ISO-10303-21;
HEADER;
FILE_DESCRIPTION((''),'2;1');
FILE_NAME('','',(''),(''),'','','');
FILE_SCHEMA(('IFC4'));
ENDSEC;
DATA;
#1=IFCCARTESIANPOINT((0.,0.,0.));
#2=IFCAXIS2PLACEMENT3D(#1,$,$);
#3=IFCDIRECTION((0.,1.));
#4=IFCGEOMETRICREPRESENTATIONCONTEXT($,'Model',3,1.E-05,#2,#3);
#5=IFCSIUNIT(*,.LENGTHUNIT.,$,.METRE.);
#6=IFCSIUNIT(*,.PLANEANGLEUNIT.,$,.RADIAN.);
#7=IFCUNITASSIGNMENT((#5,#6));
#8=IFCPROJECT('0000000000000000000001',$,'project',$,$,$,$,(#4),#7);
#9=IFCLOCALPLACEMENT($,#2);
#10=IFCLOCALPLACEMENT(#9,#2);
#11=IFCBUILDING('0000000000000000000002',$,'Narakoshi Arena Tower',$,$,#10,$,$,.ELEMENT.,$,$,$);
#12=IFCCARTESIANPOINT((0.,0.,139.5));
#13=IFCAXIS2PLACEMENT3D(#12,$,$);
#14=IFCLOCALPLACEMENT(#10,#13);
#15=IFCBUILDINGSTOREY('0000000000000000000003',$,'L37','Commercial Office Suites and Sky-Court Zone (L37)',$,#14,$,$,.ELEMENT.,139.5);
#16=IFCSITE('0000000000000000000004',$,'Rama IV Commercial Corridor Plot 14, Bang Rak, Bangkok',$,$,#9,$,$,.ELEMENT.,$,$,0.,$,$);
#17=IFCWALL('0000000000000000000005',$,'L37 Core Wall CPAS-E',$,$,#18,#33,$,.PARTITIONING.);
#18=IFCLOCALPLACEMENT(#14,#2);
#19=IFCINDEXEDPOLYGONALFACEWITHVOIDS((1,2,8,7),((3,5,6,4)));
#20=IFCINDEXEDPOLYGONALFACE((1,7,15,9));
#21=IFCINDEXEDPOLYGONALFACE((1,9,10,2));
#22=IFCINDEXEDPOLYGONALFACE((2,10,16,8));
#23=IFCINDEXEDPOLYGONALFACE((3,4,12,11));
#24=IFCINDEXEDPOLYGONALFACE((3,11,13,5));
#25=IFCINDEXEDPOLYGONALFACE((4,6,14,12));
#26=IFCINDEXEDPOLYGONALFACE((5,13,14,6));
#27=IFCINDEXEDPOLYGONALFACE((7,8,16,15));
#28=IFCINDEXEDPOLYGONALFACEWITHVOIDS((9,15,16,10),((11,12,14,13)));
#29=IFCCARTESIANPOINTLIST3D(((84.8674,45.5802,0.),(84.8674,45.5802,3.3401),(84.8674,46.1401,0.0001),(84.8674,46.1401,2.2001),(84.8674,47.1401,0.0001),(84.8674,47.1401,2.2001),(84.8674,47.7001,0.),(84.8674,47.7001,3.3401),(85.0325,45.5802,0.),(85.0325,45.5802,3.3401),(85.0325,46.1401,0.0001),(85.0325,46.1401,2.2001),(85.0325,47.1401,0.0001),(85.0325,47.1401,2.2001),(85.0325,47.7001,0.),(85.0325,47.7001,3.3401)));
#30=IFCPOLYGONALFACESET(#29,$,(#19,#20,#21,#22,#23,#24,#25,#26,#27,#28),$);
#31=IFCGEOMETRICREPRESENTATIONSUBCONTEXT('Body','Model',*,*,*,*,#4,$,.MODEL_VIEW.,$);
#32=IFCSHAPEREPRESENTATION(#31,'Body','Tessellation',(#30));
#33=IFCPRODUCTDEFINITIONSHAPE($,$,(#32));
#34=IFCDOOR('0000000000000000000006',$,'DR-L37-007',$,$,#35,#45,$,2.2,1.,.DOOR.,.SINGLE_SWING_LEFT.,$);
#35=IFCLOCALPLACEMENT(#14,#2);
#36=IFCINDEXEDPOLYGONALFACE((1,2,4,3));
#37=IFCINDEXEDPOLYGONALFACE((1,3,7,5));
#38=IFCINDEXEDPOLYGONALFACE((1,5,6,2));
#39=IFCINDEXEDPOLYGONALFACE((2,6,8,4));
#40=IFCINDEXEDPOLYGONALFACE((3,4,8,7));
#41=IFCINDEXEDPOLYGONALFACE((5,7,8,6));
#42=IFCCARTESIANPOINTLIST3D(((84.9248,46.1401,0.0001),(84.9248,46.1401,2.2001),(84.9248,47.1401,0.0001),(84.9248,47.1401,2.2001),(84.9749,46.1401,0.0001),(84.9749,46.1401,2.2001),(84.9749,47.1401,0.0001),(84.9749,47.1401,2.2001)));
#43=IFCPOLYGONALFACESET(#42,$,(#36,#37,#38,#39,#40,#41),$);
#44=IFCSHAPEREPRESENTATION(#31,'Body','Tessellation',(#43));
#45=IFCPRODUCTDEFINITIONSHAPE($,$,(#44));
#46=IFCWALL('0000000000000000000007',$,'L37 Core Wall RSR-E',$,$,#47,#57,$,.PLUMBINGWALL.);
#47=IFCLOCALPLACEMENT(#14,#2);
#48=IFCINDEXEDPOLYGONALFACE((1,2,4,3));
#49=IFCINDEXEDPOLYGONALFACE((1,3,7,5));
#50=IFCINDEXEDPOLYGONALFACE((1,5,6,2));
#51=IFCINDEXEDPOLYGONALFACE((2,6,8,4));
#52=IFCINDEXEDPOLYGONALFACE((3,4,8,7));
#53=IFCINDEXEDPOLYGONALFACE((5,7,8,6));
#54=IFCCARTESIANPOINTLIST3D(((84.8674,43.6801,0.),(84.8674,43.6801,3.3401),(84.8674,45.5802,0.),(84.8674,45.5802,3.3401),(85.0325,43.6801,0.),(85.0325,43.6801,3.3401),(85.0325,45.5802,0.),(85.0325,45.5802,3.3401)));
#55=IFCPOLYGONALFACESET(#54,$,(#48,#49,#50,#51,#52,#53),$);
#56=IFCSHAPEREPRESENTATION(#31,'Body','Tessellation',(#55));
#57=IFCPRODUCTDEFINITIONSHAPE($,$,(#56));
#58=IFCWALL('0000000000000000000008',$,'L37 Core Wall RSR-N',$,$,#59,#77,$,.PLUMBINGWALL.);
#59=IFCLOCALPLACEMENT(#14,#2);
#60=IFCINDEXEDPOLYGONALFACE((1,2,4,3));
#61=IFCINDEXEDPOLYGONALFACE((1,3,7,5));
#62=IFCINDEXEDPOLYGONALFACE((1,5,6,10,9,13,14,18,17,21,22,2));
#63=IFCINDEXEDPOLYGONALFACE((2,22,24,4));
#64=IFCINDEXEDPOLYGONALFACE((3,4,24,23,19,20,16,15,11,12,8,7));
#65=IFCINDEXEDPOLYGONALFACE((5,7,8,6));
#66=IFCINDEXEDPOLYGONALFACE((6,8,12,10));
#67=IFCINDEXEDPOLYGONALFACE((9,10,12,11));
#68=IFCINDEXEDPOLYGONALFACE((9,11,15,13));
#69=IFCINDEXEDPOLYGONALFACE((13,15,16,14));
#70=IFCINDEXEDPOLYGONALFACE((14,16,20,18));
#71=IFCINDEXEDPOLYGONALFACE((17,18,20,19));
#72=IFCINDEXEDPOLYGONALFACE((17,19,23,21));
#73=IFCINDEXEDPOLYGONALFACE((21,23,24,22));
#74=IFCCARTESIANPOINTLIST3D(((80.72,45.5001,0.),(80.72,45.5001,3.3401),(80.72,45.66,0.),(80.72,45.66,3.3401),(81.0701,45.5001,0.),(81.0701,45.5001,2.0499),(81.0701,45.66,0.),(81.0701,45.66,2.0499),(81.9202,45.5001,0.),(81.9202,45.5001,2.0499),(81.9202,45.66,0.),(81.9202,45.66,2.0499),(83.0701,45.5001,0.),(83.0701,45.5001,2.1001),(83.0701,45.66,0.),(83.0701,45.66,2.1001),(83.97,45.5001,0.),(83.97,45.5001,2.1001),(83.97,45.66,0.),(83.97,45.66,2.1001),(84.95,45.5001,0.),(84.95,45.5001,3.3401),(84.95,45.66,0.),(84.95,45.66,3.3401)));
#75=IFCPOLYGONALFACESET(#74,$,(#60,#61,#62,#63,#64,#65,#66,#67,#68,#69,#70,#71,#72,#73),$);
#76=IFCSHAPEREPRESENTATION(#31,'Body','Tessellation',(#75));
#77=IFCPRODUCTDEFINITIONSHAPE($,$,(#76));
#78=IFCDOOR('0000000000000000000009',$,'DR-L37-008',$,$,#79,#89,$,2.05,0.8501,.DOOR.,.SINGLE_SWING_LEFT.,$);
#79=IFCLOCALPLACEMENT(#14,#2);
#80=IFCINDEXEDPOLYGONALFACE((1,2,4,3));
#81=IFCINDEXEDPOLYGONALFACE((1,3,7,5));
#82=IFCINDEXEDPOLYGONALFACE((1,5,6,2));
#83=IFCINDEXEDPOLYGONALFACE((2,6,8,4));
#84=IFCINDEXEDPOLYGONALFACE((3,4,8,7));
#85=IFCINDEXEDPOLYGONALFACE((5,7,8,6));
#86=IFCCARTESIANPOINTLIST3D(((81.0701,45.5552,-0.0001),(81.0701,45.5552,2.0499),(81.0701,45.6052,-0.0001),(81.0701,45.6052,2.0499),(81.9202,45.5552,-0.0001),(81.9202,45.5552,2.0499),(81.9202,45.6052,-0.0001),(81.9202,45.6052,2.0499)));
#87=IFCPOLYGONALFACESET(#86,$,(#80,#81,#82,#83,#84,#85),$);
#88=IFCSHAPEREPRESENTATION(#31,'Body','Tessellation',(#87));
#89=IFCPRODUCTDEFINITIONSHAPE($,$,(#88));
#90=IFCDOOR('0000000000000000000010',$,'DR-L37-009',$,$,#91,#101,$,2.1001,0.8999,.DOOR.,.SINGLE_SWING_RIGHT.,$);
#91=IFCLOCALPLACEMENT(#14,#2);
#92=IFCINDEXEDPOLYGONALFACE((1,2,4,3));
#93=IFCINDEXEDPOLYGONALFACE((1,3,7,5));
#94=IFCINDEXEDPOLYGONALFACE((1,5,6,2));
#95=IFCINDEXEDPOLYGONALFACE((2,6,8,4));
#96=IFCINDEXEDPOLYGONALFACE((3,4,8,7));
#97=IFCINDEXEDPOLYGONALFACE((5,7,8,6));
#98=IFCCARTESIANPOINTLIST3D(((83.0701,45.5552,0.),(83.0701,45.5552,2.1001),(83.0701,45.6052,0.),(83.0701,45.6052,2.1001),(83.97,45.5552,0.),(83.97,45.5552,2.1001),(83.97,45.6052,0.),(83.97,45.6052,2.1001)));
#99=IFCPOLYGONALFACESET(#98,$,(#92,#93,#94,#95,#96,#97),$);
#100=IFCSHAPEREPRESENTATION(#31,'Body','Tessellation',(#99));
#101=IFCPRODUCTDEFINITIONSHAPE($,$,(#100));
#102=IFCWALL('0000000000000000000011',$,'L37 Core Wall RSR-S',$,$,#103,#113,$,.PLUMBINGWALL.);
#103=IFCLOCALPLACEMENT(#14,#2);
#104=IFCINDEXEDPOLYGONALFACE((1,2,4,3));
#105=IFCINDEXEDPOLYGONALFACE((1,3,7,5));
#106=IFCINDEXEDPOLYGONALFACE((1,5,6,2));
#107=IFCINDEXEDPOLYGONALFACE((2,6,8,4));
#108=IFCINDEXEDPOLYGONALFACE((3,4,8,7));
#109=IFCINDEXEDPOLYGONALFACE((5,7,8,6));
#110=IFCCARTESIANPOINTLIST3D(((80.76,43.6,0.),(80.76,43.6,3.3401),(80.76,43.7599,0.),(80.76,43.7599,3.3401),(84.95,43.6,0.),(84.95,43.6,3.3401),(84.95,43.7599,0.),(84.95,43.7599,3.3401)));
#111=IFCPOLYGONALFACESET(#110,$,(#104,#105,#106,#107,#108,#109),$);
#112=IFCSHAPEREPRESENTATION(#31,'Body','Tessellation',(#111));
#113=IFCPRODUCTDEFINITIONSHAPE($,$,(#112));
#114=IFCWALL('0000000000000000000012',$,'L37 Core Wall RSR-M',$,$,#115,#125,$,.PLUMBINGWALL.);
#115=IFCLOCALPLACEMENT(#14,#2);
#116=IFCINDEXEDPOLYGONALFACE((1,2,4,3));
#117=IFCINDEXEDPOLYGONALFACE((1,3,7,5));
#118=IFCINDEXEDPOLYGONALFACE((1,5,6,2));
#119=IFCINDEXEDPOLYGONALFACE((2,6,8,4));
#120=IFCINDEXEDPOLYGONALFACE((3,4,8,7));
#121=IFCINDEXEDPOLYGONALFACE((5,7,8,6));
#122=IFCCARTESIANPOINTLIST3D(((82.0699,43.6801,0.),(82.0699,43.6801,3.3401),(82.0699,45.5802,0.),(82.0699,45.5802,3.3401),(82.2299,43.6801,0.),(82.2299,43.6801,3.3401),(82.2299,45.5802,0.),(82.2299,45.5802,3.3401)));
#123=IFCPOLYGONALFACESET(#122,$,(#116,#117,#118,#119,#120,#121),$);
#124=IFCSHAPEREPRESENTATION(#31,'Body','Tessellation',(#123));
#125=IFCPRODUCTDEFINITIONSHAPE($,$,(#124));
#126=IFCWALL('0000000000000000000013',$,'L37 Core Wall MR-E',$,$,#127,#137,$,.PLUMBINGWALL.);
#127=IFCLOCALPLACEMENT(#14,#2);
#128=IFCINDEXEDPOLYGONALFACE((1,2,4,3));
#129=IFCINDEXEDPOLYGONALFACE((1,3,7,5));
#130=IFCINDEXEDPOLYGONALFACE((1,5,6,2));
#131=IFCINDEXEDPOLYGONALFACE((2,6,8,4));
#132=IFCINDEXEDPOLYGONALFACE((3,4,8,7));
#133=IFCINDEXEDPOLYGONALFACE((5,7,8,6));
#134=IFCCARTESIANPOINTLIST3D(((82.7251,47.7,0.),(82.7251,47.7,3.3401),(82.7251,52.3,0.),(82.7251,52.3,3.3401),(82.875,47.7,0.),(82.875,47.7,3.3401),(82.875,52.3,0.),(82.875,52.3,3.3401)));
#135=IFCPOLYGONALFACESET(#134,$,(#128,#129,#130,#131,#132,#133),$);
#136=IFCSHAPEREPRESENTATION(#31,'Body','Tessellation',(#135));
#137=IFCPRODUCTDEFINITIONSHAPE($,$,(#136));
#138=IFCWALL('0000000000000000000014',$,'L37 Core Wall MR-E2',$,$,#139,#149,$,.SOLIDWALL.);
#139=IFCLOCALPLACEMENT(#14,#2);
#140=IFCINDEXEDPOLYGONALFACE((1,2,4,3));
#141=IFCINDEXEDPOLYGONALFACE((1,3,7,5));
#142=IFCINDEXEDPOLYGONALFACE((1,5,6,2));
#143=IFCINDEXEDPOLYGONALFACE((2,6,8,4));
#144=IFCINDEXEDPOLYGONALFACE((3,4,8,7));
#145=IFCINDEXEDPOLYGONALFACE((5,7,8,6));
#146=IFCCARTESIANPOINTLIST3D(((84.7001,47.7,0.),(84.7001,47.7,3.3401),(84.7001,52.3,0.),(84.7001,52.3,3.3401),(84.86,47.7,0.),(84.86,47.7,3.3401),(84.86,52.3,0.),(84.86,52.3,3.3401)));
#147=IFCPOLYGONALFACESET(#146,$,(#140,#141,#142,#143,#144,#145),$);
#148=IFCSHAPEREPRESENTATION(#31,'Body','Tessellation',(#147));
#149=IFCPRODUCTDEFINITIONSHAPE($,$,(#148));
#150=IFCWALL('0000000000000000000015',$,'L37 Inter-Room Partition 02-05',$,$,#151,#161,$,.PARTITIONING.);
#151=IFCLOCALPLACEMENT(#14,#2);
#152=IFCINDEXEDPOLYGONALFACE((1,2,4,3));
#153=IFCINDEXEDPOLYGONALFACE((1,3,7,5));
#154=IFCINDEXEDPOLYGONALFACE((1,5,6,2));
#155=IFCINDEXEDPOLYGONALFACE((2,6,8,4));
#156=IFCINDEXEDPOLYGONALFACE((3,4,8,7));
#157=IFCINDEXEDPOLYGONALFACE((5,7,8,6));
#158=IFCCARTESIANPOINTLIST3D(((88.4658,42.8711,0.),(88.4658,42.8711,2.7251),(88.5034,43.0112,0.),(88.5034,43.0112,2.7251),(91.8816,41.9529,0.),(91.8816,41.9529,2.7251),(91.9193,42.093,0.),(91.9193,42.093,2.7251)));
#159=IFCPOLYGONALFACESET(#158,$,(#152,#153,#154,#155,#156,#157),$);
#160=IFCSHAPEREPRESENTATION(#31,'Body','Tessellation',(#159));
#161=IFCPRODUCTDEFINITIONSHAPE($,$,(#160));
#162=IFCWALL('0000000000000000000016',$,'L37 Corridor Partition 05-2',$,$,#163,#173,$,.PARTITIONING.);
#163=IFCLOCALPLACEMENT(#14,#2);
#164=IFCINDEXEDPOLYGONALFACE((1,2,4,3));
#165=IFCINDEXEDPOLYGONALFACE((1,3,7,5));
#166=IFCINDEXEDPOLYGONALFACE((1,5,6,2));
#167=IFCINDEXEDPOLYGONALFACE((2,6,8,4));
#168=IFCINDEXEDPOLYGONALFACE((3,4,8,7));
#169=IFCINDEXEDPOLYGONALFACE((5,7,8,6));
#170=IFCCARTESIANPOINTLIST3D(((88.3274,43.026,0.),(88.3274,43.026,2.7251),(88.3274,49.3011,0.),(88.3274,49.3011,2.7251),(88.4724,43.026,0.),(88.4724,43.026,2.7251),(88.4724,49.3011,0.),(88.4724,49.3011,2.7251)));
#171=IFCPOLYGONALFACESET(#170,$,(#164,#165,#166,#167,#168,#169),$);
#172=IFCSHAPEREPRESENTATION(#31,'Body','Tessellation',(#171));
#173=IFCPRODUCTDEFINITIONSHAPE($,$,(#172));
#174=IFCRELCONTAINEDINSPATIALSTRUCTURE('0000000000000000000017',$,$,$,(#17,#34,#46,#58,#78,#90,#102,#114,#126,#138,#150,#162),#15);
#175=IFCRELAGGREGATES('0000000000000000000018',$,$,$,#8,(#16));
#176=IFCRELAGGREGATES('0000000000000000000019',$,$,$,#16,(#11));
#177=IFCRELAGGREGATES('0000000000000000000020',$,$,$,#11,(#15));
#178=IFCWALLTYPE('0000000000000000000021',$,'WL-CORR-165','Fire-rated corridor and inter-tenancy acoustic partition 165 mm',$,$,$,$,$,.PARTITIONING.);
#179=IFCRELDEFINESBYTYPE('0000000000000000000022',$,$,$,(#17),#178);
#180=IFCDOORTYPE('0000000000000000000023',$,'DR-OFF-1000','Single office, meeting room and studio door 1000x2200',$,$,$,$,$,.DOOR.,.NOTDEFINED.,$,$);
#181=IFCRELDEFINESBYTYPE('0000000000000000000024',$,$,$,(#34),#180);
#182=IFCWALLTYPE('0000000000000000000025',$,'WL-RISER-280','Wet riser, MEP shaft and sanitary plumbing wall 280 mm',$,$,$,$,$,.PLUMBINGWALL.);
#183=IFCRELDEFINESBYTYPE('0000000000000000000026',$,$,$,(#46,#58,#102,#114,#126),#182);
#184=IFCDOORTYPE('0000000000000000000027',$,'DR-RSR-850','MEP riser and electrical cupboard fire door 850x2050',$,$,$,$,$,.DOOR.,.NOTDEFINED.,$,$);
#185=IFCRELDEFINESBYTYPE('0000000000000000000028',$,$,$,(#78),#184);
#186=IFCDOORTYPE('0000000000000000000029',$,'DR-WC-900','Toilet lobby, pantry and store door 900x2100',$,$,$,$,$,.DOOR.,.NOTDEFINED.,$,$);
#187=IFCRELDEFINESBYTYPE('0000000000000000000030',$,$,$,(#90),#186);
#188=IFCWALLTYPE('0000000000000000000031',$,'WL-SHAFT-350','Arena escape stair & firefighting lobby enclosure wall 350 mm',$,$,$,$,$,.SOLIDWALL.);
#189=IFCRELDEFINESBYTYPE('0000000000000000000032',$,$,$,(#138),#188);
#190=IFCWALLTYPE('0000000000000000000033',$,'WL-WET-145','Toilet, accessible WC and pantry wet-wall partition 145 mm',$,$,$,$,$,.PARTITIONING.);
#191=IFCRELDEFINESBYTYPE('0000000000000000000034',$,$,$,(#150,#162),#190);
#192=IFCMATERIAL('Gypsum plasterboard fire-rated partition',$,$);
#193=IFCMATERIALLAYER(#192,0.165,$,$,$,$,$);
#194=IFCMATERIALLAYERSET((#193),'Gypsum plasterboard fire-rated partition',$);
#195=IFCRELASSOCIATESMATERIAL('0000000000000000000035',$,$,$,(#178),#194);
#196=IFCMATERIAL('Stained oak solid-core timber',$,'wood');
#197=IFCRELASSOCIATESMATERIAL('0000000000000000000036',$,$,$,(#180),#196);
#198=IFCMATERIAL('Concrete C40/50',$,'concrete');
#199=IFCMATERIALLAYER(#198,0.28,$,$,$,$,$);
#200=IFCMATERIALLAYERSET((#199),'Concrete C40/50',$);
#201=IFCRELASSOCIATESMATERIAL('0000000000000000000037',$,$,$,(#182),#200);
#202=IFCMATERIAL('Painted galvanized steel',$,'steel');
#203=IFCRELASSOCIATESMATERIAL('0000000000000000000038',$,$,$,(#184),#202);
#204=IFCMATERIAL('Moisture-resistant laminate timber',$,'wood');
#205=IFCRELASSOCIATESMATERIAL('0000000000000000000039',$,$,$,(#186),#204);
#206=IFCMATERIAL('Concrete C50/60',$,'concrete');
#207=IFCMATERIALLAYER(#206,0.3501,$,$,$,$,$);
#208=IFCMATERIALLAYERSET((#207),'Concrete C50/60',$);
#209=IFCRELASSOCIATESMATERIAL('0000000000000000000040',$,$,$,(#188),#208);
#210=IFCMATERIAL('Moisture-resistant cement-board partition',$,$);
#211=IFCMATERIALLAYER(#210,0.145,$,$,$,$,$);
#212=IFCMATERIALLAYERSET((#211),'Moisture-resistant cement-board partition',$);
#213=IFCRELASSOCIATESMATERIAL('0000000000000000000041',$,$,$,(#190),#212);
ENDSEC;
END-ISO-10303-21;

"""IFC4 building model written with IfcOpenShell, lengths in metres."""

from ifc_helpers import new_model, si_unit, direction, frame, frame_2d, origin, place, context, subcontext, project, spatial, rectangle, extrude, material, layer, layer_set, type_object, element, fill, save


model = new_model("IFC4")

# Units and contexts
model_context = context("Model", 3, precision=1e-05, world=origin(), true_north=direction((0.0, 1.0)))
body_context = subcontext(model_context, "Body", "Model", "MODEL_VIEW")
ifc_project = project(units=[si_unit("LENGTHUNIT", "METRE"), si_unit("PLANEANGLEUNIT", "RADIAN")], contexts=[model_context])

# Site, building, storey
site_placement = place(None, origin())
site = spatial("IfcSite", under=ifc_project, at=site_placement, Name="Rama IV Commercial Corridor Plot 14, Bang Rak, Bangkok", CompositionType="ELEMENT", RefElevation=0.0)
building_placement = place(site_placement, origin())
building = spatial("IfcBuilding", under=site, at=building_placement, Name="Narakoshi Arena Tower", CompositionType="ELEMENT")
storey_placement = place(building_placement, frame((0.0, 0.0, 139.5)))
storey = spatial("IfcBuildingStorey", under=building, at=storey_placement, Name="L37", Description="Commercial Office Suites and Sky-Court Zone (L37)", CompositionType="ELEMENT", Elevation=139.5)

# Wall, opening, door
ifc_material_1 = material(Name="Gypsum plasterboard fire-rated partition")
ifc_layer_1 = layer(ifc_material_1, 0.165)
ifc_layer_set_1 = layer_set([ifc_layer_1], Name="Gypsum plasterboard fire-rated partition")
wall_type_1 = type_object("IfcWallType", Name="WL-CORR-165", Description="Fire-rated corridor and inter-tenancy acoustic partition 165 mm", PredefinedType="PARTITIONING", material=ifc_layer_set_1)
wall_1_placement = place(storey_placement, frame((84.95, 45.5801, 0.0), z_axis=(0.0, 0.0, 1.0), x_axis=(0.0, 1.0, 0.0)))
wall_1 = element("IfcWall", 1, at=wall_1_placement, inside=storey, type_object=wall_type_1, Name="L37 Core Wall CPAS-E", PredefinedType="PARTITIONING", context=body_context, shape_type="SweptSolid", body=[
    extrude(rectangle(XDim=2.1199, YDim=0.165, at=frame_2d((1.0601, 0.0))), origin(), (0.0, 0.0, 1.0), 3.3401),
])
opening_1_placement = place(wall_1_placement, frame((0.5601, 0.0, 0.0)))
opening_1 = element("IfcOpeningElement", 2, at=opening_1_placement, cuts=wall_1, PredefinedType="OPENING", context=body_context, shape_type="SweptSolid", body=[
    extrude(rectangle(XDim=1.0, YDim=2.2, at=frame_2d((0.5, 1.1001))), frame((0.0, 0.0925, 0.0), z_axis=(0.0, -1.0, 0.0), x_axis=(1.0, 0.0, 0.0)), (0.0, 0.0, 1.0), 0.1851),
])
ifc_material_2 = material(Name="Stained oak solid-core timber", Category="wood")
door_type_1 = type_object("IfcDoorType", Name="DR-OFF-1000", Description="Single office, meeting room and studio door 1000x2200", OperationType="NOTDEFINED", PredefinedType="DOOR", material=ifc_material_2)
door_1_placement = place(opening_1_placement, frame((1.0, 0.0, 0.0), z_axis=(0.0, 0.0, 1.0), x_axis=(-1.0, 0.0, 0.0)))
door_1 = element("IfcDoor", 3, at=door_1_placement, inside=storey, type_object=door_type_1, Name="DR-L37-007", OperationType="SINGLE_SWING_LEFT", OverallHeight=2.2, OverallWidth=1.0, PredefinedType="DOOR", context=body_context, shape_type="SweptSolid", body=[
    extrude(rectangle(XDim=1.0, YDim=2.2, at=frame_2d((0.5, 1.1001))), frame((0.0, 0.0249, 0.0), z_axis=(0.0, -1.0, 0.0), x_axis=(1.0, 0.0, 0.0)), (0.0, 0.0, 1.0), 0.05),
])
fill(opening_1, door_1)

# Wall
ifc_material_3 = material(Name="Concrete C40/50", Category="concrete")
ifc_layer_2 = layer(ifc_material_3, 0.28)
ifc_layer_set_2 = layer_set([ifc_layer_2], Name="Concrete C40/50")
wall_type_2 = type_object("IfcWallType", Name="WL-RISER-280", Description="Wet riser, MEP shaft and sanitary plumbing wall 280 mm", PredefinedType="PLUMBINGWALL", material=ifc_layer_set_2)
wall_2_placement = place(storey_placement, frame((84.95, 43.6799, 0.0), z_axis=(0.0, 0.0, 1.0), x_axis=(0.0, 1.0, 0.0)))
element("IfcWall", 4, at=wall_2_placement, inside=storey, type_object=wall_type_2, Name="L37 Core Wall RSR-E", PredefinedType="PLUMBINGWALL", context=body_context, shape_type="SweptSolid", body=[
    extrude(rectangle(XDim=1.9001, YDim=0.165, at=frame_2d((0.9502, 0.0))), origin(), (0.0, 0.0, 1.0), 3.3401),
])

# Wall, openings, doors
wall_3_placement = place(storey_placement, frame((80.72, 45.5801, 0.0), z_axis=(0.0, 0.0, 1.0), x_axis=(1.0, 0.0, 0.0)))
wall_3 = element("IfcWall", 5, at=wall_3_placement, inside=storey, type_object=wall_type_2, Name="L37 Core Wall RSR-N", PredefinedType="PLUMBINGWALL", context=body_context, shape_type="SweptSolid", body=[
    extrude(rectangle(XDim=4.23, YDim=0.1599, at=frame_2d((2.115, 0.0))), origin(), (0.0, 0.0, 1.0), 3.3401),
])
opening_2_placement = place(wall_3_placement, frame((0.3501, 0.0, 0.0)))
opening_2 = element("IfcOpeningElement", 6, at=opening_2_placement, cuts=wall_3, PredefinedType="OPENING", context=body_context, shape_type="SweptSolid", body=[
    extrude(rectangle(XDim=0.8501, YDim=2.05, at=frame_2d((0.425, 1.0249))), frame((0.0, 0.0898, 0.0), z_axis=(0.0, -1.0, 0.0), x_axis=(1.0, 0.0, 0.0)), (0.0, 0.0, 1.0), 0.1799),
])
opening_3_placement = place(wall_3_placement, frame((2.3501, 0.0, 0.0)))
opening_3 = element("IfcOpeningElement", 7, at=opening_3_placement, cuts=wall_3, PredefinedType="OPENING", context=body_context, shape_type="SweptSolid", body=[
    extrude(rectangle(XDim=0.8999, YDim=2.1001, at=frame_2d((0.45, 1.05))), frame((0.0, 0.0898, 0.0), z_axis=(0.0, -1.0, 0.0), x_axis=(1.0, 0.0, 0.0)), (0.0, 0.0, 1.0), 0.1799),
])
ifc_material_4 = material(Name="Painted galvanized steel", Category="steel")
door_type_2 = type_object("IfcDoorType", Name="DR-RSR-850", Description="MEP riser and electrical cupboard fire door 850x2050", OperationType="NOTDEFINED", PredefinedType="DOOR", material=ifc_material_4)
door_2_placement = place(opening_2_placement, frame((0.8501, 0.0, 0.0), z_axis=(0.0, 0.0, 1.0), x_axis=(-1.0, 0.0, 0.0)))
door_2 = element("IfcDoor", 8, at=door_2_placement, inside=storey, type_object=door_type_2, Name="DR-L37-008", OperationType="SINGLE_SWING_LEFT", OverallHeight=2.05, OverallWidth=0.8501, PredefinedType="DOOR", context=body_context, shape_type="SweptSolid", body=[
    extrude(rectangle(XDim=0.8501, YDim=2.05, at=frame_2d((0.425, 1.0249))), frame((0.0, 0.0249, 0.0), z_axis=(0.0, -1.0, 0.0), x_axis=(1.0, 0.0, 0.0)), (0.0, 0.0, 1.0), 0.05),
])
fill(opening_2, door_2)
ifc_material_5 = material(Name="Moisture-resistant laminate timber", Category="wood")
door_type_3 = type_object("IfcDoorType", Name="DR-WC-900", Description="Toilet lobby, pantry and store door 900x2100", OperationType="NOTDEFINED", PredefinedType="DOOR", material=ifc_material_5)
door_3_placement = place(opening_3_placement, frame((0.8999, 0.0, 0.0), z_axis=(0.0, 0.0, 1.0), x_axis=(-1.0, 0.0, 0.0)))
door_3 = element("IfcDoor", 9, at=door_3_placement, inside=storey, type_object=door_type_3, Name="DR-L37-009", OperationType="SINGLE_SWING_RIGHT", OverallHeight=2.1001, OverallWidth=0.8999, PredefinedType="DOOR", context=body_context, shape_type="SweptSolid", body=[
    extrude(rectangle(XDim=0.8999, YDim=2.1001, at=frame_2d((0.45, 1.05))), frame((0.0, 0.0249, 0.0), z_axis=(0.0, -1.0, 0.0), x_axis=(1.0, 0.0, 0.0)), (0.0, 0.0, 1.0), 0.05),
])
fill(opening_3, door_3)

# Walls
wall_4_placement = place(storey_placement, frame((80.76, 43.6799, 0.0), z_axis=(0.0, 0.0, 1.0), x_axis=(1.0, 0.0, 0.0)))
element("IfcWall", 10, at=wall_4_placement, inside=storey, type_object=wall_type_2, Name="L37 Core Wall RSR-S", PredefinedType="PLUMBINGWALL", context=body_context, shape_type="SweptSolid", body=[
    extrude(rectangle(XDim=4.1899, YDim=0.1599, at=frame_2d((2.095, 0.0))), origin(), (0.0, 0.0, 1.0), 3.3401),
])
wall_5_placement = place(storey_placement, frame((82.1499, 43.6799, 0.0), z_axis=(0.0, 0.0, 1.0), x_axis=(0.0, 1.0, 0.0)))
element("IfcWall", 11, at=wall_5_placement, inside=storey, type_object=wall_type_2, Name="L37 Core Wall RSR-M", PredefinedType="PLUMBINGWALL", context=body_context, shape_type="SweptSolid", body=[
    extrude(rectangle(XDim=1.9001, YDim=0.1599, at=frame_2d((0.9502, 0.0))), origin(), (0.0, 0.0, 1.0), 3.3401),
])
wall_6_placement = place(storey_placement, frame((82.8, 47.7, 0.0), z_axis=(0.0, 0.0, 1.0), x_axis=(0.0, 1.0, 0.0)))
element("IfcWall", 12, at=wall_6_placement, inside=storey, type_object=wall_type_2, Name="L37 Core Wall MR-E", PredefinedType="PLUMBINGWALL", context=body_context, shape_type="SweptSolid", body=[
    extrude(rectangle(XDim=4.6001, YDim=0.1499, at=frame_2d((2.3, 0.0))), origin(), (0.0, 0.0, 1.0), 3.3401),
])
ifc_material_6 = material(Name="Concrete C50/60", Category="concrete")
ifc_layer_3 = layer(ifc_material_6, 0.3501)
ifc_layer_set_3 = layer_set([ifc_layer_3], Name="Concrete C50/60")
wall_type_3 = type_object("IfcWallType", Name="WL-SHAFT-350", Description="Arena escape stair & firefighting lobby enclosure wall 350 mm", PredefinedType="SOLIDWALL", material=ifc_layer_set_3)
wall_7_placement = place(storey_placement, frame((84.78, 47.7, 0.0), z_axis=(0.0, 0.0, 1.0), x_axis=(0.0, 1.0, 0.0)))
element("IfcWall", 13, at=wall_7_placement, inside=storey, type_object=wall_type_3, Name="L37 Core Wall MR-E2", PredefinedType="SOLIDWALL", context=body_context, shape_type="SweptSolid", body=[
    extrude(rectangle(XDim=4.6001, YDim=0.1599, at=frame_2d((2.3, 0.0))), origin(), (0.0, 0.0, 1.0), 3.3401),
])
ifc_material_7 = material(Name="Moisture-resistant cement-board partition")
ifc_layer_4 = layer(ifc_material_7, 0.145)
ifc_layer_set_4 = layer_set([ifc_layer_4], Name="Moisture-resistant cement-board partition")
wall_type_4 = type_object("IfcWallType", Name="WL-WET-145", Description="Toilet, accessible WC and pantry wet-wall partition 145 mm", PredefinedType="PARTITIONING", material=ifc_layer_set_4)
wall_8_placement = place(storey_placement, frame((88.4846, 42.9412, 0.0), z_axis=(0.0, 0.0, 1.0), x_axis=(0.965716, -0.2596, 0.0)))
element("IfcWall", 14, at=wall_8_placement, inside=storey, type_object=wall_type_4, Name="L37 Inter-Room Partition 02-05", PredefinedType="PARTITIONING", context=body_context, shape_type="SweptSolid", body=[
    extrude(rectangle(XDim=3.5371, YDim=0.145, at=frame_2d((1.7686, 0.0))), origin(), (0.0, 0.0, 1.0), 2.7251),
])
wall_9_placement = place(storey_placement, frame((88.3999, 43.0259, 0.0), z_axis=(0.0, 0.0, 1.0), x_axis=(0.0, 1.0, 0.0)))
element("IfcWall", 15, at=wall_9_placement, inside=storey, type_object=wall_type_4, Name="L37 Corridor Partition 05-2", PredefinedType="PARTITIONING", context=body_context, shape_type="SweptSolid", body=[
    extrude(rectangle(XDim=6.2751, YDim=0.145, at=frame_2d((3.1377, 0.0))), origin(), (0.0, 0.0, 1.0), 2.7251),
])

save(model, "model.ifc")
